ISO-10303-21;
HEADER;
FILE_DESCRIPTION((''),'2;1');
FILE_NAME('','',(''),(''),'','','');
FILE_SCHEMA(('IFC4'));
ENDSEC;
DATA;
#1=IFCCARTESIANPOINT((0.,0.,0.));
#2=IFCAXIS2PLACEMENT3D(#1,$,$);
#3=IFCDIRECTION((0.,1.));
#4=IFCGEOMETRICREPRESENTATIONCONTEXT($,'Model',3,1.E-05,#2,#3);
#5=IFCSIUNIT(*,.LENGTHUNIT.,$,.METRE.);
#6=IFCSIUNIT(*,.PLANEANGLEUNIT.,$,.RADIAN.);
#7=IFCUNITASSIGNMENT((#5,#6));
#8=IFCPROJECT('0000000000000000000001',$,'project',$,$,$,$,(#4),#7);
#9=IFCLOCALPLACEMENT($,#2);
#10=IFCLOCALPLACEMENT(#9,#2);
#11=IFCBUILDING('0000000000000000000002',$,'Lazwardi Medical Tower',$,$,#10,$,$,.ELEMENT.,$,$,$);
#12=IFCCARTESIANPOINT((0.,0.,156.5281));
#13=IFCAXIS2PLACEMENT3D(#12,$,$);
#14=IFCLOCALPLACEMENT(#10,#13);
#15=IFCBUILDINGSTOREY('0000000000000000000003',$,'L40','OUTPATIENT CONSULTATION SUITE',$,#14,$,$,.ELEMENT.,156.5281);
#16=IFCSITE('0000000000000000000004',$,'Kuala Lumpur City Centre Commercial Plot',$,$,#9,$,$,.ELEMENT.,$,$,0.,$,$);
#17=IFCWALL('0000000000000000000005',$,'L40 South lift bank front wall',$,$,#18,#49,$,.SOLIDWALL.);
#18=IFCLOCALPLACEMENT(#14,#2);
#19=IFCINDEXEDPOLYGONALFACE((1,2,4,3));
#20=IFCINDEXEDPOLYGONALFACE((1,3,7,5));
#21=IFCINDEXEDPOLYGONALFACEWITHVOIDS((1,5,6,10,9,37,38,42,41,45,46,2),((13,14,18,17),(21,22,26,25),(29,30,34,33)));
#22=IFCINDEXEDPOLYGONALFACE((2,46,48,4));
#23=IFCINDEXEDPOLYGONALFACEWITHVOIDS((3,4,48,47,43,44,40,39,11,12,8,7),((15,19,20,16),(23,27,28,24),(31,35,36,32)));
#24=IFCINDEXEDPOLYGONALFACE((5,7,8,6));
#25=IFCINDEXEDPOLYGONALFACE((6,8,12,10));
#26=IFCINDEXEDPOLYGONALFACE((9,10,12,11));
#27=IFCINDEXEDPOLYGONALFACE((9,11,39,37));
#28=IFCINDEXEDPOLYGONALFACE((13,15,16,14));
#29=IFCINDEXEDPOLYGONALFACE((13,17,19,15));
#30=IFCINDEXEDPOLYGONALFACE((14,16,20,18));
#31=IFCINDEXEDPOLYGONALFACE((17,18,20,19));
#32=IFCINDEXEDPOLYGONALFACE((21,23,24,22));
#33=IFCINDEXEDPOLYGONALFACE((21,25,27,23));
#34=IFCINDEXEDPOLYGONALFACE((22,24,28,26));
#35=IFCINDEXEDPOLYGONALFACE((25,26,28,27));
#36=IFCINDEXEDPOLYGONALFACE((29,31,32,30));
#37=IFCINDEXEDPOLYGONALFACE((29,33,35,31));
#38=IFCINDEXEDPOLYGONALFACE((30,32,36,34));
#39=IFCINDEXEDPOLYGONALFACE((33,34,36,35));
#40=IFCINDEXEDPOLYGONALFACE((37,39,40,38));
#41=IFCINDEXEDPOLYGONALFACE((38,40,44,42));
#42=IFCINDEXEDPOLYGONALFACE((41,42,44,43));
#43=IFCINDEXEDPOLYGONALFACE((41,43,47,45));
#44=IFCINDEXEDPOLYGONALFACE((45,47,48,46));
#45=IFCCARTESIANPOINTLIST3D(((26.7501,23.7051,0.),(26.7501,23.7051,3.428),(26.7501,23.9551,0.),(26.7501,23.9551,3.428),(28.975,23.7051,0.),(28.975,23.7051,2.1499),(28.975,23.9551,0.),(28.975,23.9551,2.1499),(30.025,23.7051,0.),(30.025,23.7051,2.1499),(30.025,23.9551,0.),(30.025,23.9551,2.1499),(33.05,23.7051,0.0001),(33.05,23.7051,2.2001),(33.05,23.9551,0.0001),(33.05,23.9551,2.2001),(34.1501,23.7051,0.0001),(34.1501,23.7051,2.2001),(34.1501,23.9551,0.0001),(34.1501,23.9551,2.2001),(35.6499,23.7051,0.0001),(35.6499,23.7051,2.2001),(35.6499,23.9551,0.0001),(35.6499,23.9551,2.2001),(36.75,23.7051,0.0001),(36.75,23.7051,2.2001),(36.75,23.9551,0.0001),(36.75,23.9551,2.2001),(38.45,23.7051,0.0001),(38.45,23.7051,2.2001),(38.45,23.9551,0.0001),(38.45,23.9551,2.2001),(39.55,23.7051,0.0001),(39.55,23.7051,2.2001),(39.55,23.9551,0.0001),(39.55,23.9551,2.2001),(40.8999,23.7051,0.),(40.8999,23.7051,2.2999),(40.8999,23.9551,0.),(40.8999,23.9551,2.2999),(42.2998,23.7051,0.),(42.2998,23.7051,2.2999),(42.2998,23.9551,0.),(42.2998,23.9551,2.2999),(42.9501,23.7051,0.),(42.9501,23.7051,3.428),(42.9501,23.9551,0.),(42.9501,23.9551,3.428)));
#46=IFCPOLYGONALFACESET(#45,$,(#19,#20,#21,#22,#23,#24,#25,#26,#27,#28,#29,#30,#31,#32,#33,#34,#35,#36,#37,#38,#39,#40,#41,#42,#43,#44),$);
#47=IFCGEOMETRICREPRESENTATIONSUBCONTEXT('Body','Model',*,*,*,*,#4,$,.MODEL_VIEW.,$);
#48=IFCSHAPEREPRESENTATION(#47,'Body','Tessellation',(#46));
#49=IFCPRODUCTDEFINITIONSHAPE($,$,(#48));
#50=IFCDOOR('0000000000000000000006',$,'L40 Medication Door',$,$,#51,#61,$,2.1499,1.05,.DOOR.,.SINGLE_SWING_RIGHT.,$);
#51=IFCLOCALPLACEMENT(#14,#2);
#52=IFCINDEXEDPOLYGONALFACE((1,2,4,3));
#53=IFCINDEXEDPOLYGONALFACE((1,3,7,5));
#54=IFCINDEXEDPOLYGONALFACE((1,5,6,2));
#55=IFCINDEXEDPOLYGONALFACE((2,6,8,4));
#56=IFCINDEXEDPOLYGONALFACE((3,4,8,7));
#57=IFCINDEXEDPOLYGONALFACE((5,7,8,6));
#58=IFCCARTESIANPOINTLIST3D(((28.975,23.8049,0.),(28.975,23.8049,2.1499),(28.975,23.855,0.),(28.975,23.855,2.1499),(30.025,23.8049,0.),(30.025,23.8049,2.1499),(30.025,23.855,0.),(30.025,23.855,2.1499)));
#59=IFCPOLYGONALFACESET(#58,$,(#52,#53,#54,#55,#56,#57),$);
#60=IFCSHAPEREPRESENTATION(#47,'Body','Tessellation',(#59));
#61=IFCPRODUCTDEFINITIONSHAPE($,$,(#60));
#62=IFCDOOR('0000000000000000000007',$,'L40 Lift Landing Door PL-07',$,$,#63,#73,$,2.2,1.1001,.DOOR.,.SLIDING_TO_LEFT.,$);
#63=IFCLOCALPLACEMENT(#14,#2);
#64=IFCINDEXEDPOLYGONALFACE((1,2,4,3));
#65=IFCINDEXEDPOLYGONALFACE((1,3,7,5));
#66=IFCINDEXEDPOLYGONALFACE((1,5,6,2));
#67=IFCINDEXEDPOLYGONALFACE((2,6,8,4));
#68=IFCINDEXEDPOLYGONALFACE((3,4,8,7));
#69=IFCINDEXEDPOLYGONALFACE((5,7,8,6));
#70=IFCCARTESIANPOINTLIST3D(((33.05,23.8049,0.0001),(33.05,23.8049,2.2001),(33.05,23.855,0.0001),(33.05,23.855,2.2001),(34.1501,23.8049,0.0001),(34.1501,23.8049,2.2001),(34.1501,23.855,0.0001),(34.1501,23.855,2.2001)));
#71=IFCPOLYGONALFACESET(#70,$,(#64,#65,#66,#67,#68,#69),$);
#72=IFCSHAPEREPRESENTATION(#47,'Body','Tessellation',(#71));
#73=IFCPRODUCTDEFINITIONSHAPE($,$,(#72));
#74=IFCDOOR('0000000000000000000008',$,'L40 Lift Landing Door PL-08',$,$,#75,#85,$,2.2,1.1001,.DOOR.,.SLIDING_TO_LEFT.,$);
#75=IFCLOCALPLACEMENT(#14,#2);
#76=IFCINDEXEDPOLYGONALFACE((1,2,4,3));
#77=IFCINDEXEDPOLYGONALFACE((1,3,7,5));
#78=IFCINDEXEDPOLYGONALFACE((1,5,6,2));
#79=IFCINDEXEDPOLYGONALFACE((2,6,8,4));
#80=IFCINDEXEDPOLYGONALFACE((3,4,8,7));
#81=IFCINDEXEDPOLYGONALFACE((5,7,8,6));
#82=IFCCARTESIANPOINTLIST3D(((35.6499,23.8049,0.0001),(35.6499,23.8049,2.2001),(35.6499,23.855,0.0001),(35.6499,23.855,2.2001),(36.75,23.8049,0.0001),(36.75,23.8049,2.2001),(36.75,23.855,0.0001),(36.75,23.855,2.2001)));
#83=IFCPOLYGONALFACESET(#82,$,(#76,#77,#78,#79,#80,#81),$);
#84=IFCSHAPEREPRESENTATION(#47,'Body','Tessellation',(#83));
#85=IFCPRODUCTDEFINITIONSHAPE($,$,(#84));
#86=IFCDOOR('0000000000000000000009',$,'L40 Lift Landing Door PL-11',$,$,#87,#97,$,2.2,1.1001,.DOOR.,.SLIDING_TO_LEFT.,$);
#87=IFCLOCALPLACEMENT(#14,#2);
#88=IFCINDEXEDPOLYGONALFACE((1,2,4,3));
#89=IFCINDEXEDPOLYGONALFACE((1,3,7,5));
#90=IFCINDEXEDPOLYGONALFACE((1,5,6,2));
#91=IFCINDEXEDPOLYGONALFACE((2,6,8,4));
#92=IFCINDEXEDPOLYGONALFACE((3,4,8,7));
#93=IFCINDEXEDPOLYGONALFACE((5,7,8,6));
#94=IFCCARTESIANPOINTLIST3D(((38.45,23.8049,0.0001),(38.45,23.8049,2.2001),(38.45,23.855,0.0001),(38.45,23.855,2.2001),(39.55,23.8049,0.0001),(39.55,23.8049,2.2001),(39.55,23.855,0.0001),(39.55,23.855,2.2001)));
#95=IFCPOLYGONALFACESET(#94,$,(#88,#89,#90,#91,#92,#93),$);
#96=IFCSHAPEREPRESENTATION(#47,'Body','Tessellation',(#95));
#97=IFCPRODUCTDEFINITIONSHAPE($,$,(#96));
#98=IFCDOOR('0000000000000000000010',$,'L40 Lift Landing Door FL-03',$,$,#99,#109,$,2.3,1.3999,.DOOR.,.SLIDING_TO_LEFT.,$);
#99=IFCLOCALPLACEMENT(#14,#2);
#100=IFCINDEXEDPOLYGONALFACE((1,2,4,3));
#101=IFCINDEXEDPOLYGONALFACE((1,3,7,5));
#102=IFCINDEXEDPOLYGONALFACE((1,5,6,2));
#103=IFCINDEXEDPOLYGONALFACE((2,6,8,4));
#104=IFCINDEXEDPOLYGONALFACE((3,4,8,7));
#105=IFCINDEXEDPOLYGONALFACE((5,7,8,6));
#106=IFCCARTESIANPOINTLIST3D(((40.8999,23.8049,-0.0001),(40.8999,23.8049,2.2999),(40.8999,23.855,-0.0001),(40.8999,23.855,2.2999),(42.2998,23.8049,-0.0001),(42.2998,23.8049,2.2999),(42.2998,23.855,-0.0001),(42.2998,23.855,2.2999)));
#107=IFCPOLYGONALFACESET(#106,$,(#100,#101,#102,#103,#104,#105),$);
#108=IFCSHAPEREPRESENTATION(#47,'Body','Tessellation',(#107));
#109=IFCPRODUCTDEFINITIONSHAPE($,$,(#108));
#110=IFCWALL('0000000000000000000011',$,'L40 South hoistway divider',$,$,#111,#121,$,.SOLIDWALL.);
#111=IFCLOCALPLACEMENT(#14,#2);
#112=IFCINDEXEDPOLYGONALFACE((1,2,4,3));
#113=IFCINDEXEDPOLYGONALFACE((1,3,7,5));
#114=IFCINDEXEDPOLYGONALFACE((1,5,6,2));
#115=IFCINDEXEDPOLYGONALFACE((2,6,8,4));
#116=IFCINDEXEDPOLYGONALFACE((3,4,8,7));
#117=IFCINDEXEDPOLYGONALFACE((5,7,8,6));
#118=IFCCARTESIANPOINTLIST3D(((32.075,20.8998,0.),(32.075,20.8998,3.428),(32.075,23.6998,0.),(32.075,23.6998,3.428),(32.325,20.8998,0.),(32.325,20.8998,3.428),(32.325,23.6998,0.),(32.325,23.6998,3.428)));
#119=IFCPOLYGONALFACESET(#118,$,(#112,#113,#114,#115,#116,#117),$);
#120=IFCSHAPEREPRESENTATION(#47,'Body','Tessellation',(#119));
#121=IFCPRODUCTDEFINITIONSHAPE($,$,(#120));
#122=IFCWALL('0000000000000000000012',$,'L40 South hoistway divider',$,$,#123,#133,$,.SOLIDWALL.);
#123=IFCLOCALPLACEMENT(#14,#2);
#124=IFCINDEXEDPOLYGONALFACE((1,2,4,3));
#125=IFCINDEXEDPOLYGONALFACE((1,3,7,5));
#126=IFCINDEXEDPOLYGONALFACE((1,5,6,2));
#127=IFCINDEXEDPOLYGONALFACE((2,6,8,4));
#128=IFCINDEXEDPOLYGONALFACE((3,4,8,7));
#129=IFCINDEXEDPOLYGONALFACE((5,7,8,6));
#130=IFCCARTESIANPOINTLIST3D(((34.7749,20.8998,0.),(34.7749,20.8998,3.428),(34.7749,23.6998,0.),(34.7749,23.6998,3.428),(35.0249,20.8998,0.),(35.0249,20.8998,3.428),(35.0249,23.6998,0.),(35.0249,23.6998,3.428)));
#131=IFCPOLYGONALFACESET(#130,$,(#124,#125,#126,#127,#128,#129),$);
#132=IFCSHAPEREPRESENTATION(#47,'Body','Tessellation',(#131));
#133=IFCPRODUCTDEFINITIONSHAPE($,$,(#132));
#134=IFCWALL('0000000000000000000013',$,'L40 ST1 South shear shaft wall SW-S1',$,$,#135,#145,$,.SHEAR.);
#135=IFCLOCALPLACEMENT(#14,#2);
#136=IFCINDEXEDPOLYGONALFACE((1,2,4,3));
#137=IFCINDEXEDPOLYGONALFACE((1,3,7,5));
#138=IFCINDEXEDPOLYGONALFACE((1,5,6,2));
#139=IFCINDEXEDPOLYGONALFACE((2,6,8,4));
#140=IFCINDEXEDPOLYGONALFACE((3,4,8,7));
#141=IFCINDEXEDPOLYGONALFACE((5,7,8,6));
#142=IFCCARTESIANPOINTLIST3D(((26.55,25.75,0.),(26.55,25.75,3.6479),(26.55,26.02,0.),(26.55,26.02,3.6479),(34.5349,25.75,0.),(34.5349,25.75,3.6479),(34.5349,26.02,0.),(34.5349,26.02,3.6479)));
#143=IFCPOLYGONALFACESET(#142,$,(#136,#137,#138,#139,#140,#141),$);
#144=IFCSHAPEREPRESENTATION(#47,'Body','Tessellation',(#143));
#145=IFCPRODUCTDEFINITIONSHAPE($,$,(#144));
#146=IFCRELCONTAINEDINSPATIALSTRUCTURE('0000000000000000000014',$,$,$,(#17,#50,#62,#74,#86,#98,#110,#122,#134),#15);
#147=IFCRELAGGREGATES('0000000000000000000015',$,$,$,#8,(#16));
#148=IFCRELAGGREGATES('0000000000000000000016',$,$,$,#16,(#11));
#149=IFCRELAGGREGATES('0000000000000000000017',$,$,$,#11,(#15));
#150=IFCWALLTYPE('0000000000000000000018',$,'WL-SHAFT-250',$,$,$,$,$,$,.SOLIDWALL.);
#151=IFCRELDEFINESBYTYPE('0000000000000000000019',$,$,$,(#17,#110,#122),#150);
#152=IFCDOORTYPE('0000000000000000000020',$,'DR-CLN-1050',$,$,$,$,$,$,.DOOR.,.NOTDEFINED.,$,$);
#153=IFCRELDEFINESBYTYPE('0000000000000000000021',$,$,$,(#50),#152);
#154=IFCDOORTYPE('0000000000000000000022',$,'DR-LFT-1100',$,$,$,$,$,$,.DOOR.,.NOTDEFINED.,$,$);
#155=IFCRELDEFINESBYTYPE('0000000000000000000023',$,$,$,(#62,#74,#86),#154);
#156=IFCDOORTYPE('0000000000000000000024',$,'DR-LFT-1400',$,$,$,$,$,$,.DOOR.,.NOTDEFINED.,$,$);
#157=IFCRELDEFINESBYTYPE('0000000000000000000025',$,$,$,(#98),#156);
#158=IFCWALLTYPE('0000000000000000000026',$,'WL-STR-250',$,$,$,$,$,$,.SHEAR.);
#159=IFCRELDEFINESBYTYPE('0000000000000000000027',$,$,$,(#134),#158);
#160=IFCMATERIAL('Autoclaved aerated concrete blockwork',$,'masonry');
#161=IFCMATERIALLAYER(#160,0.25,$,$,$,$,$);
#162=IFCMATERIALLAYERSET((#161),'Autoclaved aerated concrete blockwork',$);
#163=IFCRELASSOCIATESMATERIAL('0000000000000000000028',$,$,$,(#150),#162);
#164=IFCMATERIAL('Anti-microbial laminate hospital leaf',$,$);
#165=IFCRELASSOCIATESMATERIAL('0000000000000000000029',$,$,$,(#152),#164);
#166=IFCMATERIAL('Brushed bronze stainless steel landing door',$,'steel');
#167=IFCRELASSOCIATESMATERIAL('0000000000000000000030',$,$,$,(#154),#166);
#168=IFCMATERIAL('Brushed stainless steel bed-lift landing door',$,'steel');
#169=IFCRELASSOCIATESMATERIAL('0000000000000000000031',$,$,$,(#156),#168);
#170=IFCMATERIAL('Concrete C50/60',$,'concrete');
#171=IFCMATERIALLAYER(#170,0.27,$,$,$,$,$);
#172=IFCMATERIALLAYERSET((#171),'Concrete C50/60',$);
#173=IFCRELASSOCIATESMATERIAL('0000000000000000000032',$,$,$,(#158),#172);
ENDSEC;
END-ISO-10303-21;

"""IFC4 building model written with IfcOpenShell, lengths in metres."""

from ifc_helpers import new_model, si_unit, direction, frame, frame_2d, origin, place, context, subcontext, project, spatial, rectangle, extrude, material, layer, layer_set, type_object, element, fill, save


model = new_model("IFC4")

# Units and contexts
model_context = context("Model", 3, precision=1e-05, world=origin(), true_north=direction((0.0, 1.0)))
body_context = subcontext(model_context, "Body", "Model", "MODEL_VIEW")
ifc_project = project(units=[si_unit("LENGTHUNIT", "METRE"), si_unit("PLANEANGLEUNIT", "RADIAN")], contexts=[model_context])

# Site, building, storey
site_placement = place(None, origin())
site = spatial("IfcSite", under=ifc_project, at=site_placement, Name="Kuala Lumpur City Centre Commercial Plot", CompositionType="ELEMENT", RefElevation=0.0)
building_placement = place(site_placement, origin())
building = spatial("IfcBuilding", under=site, at=building_placement, Name="Lazwardi Medical Tower", CompositionType="ELEMENT")
storey_placement = place(building_placement, frame((0.0, 0.0, 156.5281)))
storey = spatial("IfcBuildingStorey", under=building, at=storey_placement, Name="L40", Description="OUTPATIENT CONSULTATION SUITE", CompositionType="ELEMENT", Elevation=156.5281)

# Wall, openings, doors
ifc_material_1 = material(Name="Autoclaved aerated concrete blockwork", Category="masonry")
ifc_layer_1 = layer(ifc_material_1, 0.25)
ifc_layer_set_1 = layer_set([ifc_layer_1], Name="Autoclaved aerated concrete blockwork")
wall_type_1 = type_object("IfcWallType", Name="WL-SHAFT-250", PredefinedType="SOLIDWALL", material=ifc_layer_set_1)
wall_1_placement = place(storey_placement, frame((26.75, 23.8301, 0.0), z_axis=(0.0, 0.0, 1.0), x_axis=(1.0, 0.0, 0.0)))
wall_1 = element("IfcWall", 1, at=wall_1_placement, inside=storey, type_object=wall_type_1, Name="L40 South lift bank front wall", PredefinedType="SOLIDWALL", context=body_context, shape_type="SweptSolid", body=[
    extrude(rectangle(XDim=16.2, YDim=0.25, at=frame_2d((8.1001, 0.0))), origin(), (0.0, 0.0, 1.0), 3.428),
])
opening_1_placement = place(wall_1_placement, frame((2.2251, 0.0, 0.0)))
opening_1 = element("IfcOpeningElement", 2, at=opening_1_placement, cuts=wall_1, PredefinedType="OPENING", context=body_context, shape_type="SweptSolid", body=[
    extrude(rectangle(XDim=1.05, YDim=2.1499, at=frame_2d((0.5249, 1.075))), frame((0.0, 0.135, 0.0), z_axis=(0.0, -1.0, 0.0), x_axis=(1.0, 0.0, 0.0)), (0.0, 0.0, 1.0), 0.27),
])
opening_2_placement = place(wall_1_placement, frame((6.3, 0.0, 0.0)))
opening_2 = element("IfcOpeningElement", 3, at=opening_2_placement, cuts=wall_1, PredefinedType="OPENING", context=body_context, shape_type="SweptSolid", body=[
    extrude(rectangle(XDim=1.1001, YDim=2.2, at=frame_2d((0.55, 1.1001))), frame((0.0, 0.135, 0.0), z_axis=(0.0, -1.0, 0.0), x_axis=(1.0, 0.0, 0.0)), (0.0, 0.0, 1.0), 0.27),
])
opening_3_placement = place(wall_1_placement, frame((8.8999, 0.0, 0.0)))
opening_3 = element("IfcOpeningElement", 4, at=opening_3_placement, cuts=wall_1, PredefinedType="OPENING", context=body_context, shape_type="SweptSolid", body=[
    extrude(rectangle(XDim=1.1001, YDim=2.2, at=frame_2d((0.55, 1.1001))), frame((0.0, 0.135, 0.0), z_axis=(0.0, -1.0, 0.0), x_axis=(1.0, 0.0, 0.0)), (0.0, 0.0, 1.0), 0.27),
])
opening_4_placement = place(wall_1_placement, frame((11.7, 0.0, 0.0)))
opening_4 = element("IfcOpeningElement", 5, at=opening_4_placement, cuts=wall_1, PredefinedType="OPENING", context=body_context, shape_type="SweptSolid", body=[
    extrude(rectangle(XDim=1.1001, YDim=2.2, at=frame_2d((0.55, 1.1001))), frame((0.0, 0.135, 0.0), z_axis=(0.0, -1.0, 0.0), x_axis=(1.0, 0.0, 0.0)), (0.0, 0.0, 1.0), 0.27),
])
opening_5_placement = place(wall_1_placement, frame((14.1499, 0.0, 0.0)))
opening_5 = element("IfcOpeningElement", 6, at=opening_5_placement, cuts=wall_1, PredefinedType="OPENING", context=body_context, shape_type="SweptSolid", body=[
    extrude(rectangle(XDim=1.3999, YDim=2.3, at=frame_2d((0.7, 1.1499))), frame((0.0, 0.135, 0.0), z_axis=(0.0, -1.0, 0.0), x_axis=(1.0, 0.0, 0.0)), (0.0, 0.0, 1.0), 0.27),
])
ifc_material_2 = material(Name="Anti-microbial laminate hospital leaf")
door_type_1 = type_object("IfcDoorType", Name="DR-CLN-1050", OperationType="NOTDEFINED", PredefinedType="DOOR", material=ifc_material_2)
door_1_placement = place(opening_1_placement, origin())
door_1 = element("IfcDoor", 7, at=door_1_placement, inside=storey, type_object=door_type_1, Name="L40 Medication Door", OperationType="SINGLE_SWING_RIGHT", OverallHeight=2.1499, OverallWidth=1.05, PredefinedType="DOOR", context=body_context, shape_type="SweptSolid", body=[
    extrude(rectangle(XDim=1.05, YDim=2.1499, at=frame_2d((0.5249, 1.075))), frame((0.0, 0.0249, 0.0), z_axis=(0.0, -1.0, 0.0), x_axis=(1.0, 0.0, 0.0)), (0.0, 0.0, 1.0), 0.05),
])
fill(opening_1, door_1)
ifc_material_3 = material(Name="Brushed bronze stainless steel landing door", Category="steel")
door_type_2 = type_object("IfcDoorType", Name="DR-LFT-1100", OperationType="NOTDEFINED", PredefinedType="DOOR", material=ifc_material_3)
door_2_placement = place(opening_2_placement, origin())
door_2 = element("IfcDoor", 8, at=door_2_placement, inside=storey, type_object=door_type_2, Name="L40 Lift Landing Door PL-07", OperationType="SLIDING_TO_LEFT", OverallHeight=2.2, OverallWidth=1.1001, PredefinedType="DOOR", context=body_context, shape_type="SweptSolid", body=[
    extrude(rectangle(XDim=1.1001, YDim=2.2, at=frame_2d((0.55, 1.1001))), frame((0.0, 0.0249, 0.0), z_axis=(0.0, -1.0, 0.0), x_axis=(1.0, 0.0, 0.0)), (0.0, 0.0, 1.0), 0.05),
])
fill(opening_2, door_2)
door_3_placement = place(opening_3_placement, origin())
door_3 = element("IfcDoor", 9, at=door_3_placement, inside=storey, type_object=door_type_2, Name="L40 Lift Landing Door PL-08", OperationType="SLIDING_TO_LEFT", OverallHeight=2.2, OverallWidth=1.1001, PredefinedType="DOOR", context=body_context, shape_type="SweptSolid", body=[
    extrude(rectangle(XDim=1.1001, YDim=2.2, at=frame_2d((0.55, 1.1001))), frame((0.0, 0.0249, 0.0), z_axis=(0.0, -1.0, 0.0), x_axis=(1.0, 0.0, 0.0)), (0.0, 0.0, 1.0), 0.05),
])
fill(opening_3, door_3)
door_4_placement = place(opening_4_placement, origin())
door_4 = element("IfcDoor", 10, at=door_4_placement, inside=storey, type_object=door_type_2, Name="L40 Lift Landing Door PL-11", OperationType="SLIDING_TO_LEFT", OverallHeight=2.2, OverallWidth=1.1001, PredefinedType="DOOR", context=body_context, shape_type="SweptSolid", body=[
    extrude(rectangle(XDim=1.1001, YDim=2.2, at=frame_2d((0.55, 1.1001))), frame((0.0, 0.0249, 0.0), z_axis=(0.0, -1.0, 0.0), x_axis=(1.0, 0.0, 0.0)), (0.0, 0.0, 1.0), 0.05),
])
fill(opening_4, door_4)
ifc_material_4 = material(Name="Brushed stainless steel bed-lift landing door", Category="steel")
door_type_3 = type_object("IfcDoorType", Name="DR-LFT-1400", OperationType="NOTDEFINED", PredefinedType="DOOR", material=ifc_material_4)
door_5_placement = place(opening_5_placement, origin())
door_5 = element("IfcDoor", 11, at=door_5_placement, inside=storey, type_object=door_type_3, Name="L40 Lift Landing Door FL-03", OperationType="SLIDING_TO_LEFT", OverallHeight=2.3, OverallWidth=1.3999, PredefinedType="DOOR", context=body_context, shape_type="SweptSolid", body=[
    extrude(rectangle(XDim=1.3999, YDim=2.3, at=frame_2d((0.7, 1.1499))), frame((0.0, 0.0249, 0.0), z_axis=(0.0, -1.0, 0.0), x_axis=(1.0, 0.0, 0.0)), (0.0, 0.0, 1.0), 0.05),
])
fill(opening_5, door_5)

# Walls
for number, where, z_axis, x_axis, name in (
    (12, (32.2, 20.8999, 0.0), (0.0, 0.0, 1.0), (0.0, 1.0, 0.0), "L40 South hoistway divider"),
    (13, (34.8999, 20.8999, 0.0), (0.0, 0.0, 1.0), (0.0, 1.0, 0.0), "L40 South hoistway divider"),
):
    element("IfcWall", number, at=place(storey_placement, frame(where, z_axis=z_axis, x_axis=x_axis)), inside=storey, type_object=wall_type_1, Name=name, PredefinedType="SOLIDWALL", context=body_context, shape_type="SweptSolid", body=[
        extrude(rectangle(XDim=2.8, YDim=0.25, at=frame_2d((1.3999, 0.0))), origin(), (0.0, 0.0, 1.0), 3.428),
    ])
ifc_material_5 = material(Name="Concrete C50/60", Category="concrete")
ifc_layer_2 = layer(ifc_material_5, 0.27)
ifc_layer_set_2 = layer_set([ifc_layer_2], Name="Concrete C50/60")
wall_type_2 = type_object("IfcWallType", Name="WL-STR-250", PredefinedType="SHEAR", material=ifc_layer_set_2)
wall_2_placement = place(storey_placement, frame((26.55, 25.885, 0.0), z_axis=(0.0, 0.0, 1.0), x_axis=(1.0, 0.0, 0.0)))
element("IfcWall", 14, at=wall_2_placement, inside=storey, type_object=wall_type_2, Name="L40 ST1 South shear shaft wall SW-S1", PredefinedType="SHEAR", context=body_context, shape_type="SweptSolid", body=[
    extrude(rectangle(XDim=7.9849, YDim=0.27, at=frame_2d((3.9924, 0.0))), origin(), (0.0, 0.0, 1.0), 3.6479),
])

save(model, "model.ifc")
